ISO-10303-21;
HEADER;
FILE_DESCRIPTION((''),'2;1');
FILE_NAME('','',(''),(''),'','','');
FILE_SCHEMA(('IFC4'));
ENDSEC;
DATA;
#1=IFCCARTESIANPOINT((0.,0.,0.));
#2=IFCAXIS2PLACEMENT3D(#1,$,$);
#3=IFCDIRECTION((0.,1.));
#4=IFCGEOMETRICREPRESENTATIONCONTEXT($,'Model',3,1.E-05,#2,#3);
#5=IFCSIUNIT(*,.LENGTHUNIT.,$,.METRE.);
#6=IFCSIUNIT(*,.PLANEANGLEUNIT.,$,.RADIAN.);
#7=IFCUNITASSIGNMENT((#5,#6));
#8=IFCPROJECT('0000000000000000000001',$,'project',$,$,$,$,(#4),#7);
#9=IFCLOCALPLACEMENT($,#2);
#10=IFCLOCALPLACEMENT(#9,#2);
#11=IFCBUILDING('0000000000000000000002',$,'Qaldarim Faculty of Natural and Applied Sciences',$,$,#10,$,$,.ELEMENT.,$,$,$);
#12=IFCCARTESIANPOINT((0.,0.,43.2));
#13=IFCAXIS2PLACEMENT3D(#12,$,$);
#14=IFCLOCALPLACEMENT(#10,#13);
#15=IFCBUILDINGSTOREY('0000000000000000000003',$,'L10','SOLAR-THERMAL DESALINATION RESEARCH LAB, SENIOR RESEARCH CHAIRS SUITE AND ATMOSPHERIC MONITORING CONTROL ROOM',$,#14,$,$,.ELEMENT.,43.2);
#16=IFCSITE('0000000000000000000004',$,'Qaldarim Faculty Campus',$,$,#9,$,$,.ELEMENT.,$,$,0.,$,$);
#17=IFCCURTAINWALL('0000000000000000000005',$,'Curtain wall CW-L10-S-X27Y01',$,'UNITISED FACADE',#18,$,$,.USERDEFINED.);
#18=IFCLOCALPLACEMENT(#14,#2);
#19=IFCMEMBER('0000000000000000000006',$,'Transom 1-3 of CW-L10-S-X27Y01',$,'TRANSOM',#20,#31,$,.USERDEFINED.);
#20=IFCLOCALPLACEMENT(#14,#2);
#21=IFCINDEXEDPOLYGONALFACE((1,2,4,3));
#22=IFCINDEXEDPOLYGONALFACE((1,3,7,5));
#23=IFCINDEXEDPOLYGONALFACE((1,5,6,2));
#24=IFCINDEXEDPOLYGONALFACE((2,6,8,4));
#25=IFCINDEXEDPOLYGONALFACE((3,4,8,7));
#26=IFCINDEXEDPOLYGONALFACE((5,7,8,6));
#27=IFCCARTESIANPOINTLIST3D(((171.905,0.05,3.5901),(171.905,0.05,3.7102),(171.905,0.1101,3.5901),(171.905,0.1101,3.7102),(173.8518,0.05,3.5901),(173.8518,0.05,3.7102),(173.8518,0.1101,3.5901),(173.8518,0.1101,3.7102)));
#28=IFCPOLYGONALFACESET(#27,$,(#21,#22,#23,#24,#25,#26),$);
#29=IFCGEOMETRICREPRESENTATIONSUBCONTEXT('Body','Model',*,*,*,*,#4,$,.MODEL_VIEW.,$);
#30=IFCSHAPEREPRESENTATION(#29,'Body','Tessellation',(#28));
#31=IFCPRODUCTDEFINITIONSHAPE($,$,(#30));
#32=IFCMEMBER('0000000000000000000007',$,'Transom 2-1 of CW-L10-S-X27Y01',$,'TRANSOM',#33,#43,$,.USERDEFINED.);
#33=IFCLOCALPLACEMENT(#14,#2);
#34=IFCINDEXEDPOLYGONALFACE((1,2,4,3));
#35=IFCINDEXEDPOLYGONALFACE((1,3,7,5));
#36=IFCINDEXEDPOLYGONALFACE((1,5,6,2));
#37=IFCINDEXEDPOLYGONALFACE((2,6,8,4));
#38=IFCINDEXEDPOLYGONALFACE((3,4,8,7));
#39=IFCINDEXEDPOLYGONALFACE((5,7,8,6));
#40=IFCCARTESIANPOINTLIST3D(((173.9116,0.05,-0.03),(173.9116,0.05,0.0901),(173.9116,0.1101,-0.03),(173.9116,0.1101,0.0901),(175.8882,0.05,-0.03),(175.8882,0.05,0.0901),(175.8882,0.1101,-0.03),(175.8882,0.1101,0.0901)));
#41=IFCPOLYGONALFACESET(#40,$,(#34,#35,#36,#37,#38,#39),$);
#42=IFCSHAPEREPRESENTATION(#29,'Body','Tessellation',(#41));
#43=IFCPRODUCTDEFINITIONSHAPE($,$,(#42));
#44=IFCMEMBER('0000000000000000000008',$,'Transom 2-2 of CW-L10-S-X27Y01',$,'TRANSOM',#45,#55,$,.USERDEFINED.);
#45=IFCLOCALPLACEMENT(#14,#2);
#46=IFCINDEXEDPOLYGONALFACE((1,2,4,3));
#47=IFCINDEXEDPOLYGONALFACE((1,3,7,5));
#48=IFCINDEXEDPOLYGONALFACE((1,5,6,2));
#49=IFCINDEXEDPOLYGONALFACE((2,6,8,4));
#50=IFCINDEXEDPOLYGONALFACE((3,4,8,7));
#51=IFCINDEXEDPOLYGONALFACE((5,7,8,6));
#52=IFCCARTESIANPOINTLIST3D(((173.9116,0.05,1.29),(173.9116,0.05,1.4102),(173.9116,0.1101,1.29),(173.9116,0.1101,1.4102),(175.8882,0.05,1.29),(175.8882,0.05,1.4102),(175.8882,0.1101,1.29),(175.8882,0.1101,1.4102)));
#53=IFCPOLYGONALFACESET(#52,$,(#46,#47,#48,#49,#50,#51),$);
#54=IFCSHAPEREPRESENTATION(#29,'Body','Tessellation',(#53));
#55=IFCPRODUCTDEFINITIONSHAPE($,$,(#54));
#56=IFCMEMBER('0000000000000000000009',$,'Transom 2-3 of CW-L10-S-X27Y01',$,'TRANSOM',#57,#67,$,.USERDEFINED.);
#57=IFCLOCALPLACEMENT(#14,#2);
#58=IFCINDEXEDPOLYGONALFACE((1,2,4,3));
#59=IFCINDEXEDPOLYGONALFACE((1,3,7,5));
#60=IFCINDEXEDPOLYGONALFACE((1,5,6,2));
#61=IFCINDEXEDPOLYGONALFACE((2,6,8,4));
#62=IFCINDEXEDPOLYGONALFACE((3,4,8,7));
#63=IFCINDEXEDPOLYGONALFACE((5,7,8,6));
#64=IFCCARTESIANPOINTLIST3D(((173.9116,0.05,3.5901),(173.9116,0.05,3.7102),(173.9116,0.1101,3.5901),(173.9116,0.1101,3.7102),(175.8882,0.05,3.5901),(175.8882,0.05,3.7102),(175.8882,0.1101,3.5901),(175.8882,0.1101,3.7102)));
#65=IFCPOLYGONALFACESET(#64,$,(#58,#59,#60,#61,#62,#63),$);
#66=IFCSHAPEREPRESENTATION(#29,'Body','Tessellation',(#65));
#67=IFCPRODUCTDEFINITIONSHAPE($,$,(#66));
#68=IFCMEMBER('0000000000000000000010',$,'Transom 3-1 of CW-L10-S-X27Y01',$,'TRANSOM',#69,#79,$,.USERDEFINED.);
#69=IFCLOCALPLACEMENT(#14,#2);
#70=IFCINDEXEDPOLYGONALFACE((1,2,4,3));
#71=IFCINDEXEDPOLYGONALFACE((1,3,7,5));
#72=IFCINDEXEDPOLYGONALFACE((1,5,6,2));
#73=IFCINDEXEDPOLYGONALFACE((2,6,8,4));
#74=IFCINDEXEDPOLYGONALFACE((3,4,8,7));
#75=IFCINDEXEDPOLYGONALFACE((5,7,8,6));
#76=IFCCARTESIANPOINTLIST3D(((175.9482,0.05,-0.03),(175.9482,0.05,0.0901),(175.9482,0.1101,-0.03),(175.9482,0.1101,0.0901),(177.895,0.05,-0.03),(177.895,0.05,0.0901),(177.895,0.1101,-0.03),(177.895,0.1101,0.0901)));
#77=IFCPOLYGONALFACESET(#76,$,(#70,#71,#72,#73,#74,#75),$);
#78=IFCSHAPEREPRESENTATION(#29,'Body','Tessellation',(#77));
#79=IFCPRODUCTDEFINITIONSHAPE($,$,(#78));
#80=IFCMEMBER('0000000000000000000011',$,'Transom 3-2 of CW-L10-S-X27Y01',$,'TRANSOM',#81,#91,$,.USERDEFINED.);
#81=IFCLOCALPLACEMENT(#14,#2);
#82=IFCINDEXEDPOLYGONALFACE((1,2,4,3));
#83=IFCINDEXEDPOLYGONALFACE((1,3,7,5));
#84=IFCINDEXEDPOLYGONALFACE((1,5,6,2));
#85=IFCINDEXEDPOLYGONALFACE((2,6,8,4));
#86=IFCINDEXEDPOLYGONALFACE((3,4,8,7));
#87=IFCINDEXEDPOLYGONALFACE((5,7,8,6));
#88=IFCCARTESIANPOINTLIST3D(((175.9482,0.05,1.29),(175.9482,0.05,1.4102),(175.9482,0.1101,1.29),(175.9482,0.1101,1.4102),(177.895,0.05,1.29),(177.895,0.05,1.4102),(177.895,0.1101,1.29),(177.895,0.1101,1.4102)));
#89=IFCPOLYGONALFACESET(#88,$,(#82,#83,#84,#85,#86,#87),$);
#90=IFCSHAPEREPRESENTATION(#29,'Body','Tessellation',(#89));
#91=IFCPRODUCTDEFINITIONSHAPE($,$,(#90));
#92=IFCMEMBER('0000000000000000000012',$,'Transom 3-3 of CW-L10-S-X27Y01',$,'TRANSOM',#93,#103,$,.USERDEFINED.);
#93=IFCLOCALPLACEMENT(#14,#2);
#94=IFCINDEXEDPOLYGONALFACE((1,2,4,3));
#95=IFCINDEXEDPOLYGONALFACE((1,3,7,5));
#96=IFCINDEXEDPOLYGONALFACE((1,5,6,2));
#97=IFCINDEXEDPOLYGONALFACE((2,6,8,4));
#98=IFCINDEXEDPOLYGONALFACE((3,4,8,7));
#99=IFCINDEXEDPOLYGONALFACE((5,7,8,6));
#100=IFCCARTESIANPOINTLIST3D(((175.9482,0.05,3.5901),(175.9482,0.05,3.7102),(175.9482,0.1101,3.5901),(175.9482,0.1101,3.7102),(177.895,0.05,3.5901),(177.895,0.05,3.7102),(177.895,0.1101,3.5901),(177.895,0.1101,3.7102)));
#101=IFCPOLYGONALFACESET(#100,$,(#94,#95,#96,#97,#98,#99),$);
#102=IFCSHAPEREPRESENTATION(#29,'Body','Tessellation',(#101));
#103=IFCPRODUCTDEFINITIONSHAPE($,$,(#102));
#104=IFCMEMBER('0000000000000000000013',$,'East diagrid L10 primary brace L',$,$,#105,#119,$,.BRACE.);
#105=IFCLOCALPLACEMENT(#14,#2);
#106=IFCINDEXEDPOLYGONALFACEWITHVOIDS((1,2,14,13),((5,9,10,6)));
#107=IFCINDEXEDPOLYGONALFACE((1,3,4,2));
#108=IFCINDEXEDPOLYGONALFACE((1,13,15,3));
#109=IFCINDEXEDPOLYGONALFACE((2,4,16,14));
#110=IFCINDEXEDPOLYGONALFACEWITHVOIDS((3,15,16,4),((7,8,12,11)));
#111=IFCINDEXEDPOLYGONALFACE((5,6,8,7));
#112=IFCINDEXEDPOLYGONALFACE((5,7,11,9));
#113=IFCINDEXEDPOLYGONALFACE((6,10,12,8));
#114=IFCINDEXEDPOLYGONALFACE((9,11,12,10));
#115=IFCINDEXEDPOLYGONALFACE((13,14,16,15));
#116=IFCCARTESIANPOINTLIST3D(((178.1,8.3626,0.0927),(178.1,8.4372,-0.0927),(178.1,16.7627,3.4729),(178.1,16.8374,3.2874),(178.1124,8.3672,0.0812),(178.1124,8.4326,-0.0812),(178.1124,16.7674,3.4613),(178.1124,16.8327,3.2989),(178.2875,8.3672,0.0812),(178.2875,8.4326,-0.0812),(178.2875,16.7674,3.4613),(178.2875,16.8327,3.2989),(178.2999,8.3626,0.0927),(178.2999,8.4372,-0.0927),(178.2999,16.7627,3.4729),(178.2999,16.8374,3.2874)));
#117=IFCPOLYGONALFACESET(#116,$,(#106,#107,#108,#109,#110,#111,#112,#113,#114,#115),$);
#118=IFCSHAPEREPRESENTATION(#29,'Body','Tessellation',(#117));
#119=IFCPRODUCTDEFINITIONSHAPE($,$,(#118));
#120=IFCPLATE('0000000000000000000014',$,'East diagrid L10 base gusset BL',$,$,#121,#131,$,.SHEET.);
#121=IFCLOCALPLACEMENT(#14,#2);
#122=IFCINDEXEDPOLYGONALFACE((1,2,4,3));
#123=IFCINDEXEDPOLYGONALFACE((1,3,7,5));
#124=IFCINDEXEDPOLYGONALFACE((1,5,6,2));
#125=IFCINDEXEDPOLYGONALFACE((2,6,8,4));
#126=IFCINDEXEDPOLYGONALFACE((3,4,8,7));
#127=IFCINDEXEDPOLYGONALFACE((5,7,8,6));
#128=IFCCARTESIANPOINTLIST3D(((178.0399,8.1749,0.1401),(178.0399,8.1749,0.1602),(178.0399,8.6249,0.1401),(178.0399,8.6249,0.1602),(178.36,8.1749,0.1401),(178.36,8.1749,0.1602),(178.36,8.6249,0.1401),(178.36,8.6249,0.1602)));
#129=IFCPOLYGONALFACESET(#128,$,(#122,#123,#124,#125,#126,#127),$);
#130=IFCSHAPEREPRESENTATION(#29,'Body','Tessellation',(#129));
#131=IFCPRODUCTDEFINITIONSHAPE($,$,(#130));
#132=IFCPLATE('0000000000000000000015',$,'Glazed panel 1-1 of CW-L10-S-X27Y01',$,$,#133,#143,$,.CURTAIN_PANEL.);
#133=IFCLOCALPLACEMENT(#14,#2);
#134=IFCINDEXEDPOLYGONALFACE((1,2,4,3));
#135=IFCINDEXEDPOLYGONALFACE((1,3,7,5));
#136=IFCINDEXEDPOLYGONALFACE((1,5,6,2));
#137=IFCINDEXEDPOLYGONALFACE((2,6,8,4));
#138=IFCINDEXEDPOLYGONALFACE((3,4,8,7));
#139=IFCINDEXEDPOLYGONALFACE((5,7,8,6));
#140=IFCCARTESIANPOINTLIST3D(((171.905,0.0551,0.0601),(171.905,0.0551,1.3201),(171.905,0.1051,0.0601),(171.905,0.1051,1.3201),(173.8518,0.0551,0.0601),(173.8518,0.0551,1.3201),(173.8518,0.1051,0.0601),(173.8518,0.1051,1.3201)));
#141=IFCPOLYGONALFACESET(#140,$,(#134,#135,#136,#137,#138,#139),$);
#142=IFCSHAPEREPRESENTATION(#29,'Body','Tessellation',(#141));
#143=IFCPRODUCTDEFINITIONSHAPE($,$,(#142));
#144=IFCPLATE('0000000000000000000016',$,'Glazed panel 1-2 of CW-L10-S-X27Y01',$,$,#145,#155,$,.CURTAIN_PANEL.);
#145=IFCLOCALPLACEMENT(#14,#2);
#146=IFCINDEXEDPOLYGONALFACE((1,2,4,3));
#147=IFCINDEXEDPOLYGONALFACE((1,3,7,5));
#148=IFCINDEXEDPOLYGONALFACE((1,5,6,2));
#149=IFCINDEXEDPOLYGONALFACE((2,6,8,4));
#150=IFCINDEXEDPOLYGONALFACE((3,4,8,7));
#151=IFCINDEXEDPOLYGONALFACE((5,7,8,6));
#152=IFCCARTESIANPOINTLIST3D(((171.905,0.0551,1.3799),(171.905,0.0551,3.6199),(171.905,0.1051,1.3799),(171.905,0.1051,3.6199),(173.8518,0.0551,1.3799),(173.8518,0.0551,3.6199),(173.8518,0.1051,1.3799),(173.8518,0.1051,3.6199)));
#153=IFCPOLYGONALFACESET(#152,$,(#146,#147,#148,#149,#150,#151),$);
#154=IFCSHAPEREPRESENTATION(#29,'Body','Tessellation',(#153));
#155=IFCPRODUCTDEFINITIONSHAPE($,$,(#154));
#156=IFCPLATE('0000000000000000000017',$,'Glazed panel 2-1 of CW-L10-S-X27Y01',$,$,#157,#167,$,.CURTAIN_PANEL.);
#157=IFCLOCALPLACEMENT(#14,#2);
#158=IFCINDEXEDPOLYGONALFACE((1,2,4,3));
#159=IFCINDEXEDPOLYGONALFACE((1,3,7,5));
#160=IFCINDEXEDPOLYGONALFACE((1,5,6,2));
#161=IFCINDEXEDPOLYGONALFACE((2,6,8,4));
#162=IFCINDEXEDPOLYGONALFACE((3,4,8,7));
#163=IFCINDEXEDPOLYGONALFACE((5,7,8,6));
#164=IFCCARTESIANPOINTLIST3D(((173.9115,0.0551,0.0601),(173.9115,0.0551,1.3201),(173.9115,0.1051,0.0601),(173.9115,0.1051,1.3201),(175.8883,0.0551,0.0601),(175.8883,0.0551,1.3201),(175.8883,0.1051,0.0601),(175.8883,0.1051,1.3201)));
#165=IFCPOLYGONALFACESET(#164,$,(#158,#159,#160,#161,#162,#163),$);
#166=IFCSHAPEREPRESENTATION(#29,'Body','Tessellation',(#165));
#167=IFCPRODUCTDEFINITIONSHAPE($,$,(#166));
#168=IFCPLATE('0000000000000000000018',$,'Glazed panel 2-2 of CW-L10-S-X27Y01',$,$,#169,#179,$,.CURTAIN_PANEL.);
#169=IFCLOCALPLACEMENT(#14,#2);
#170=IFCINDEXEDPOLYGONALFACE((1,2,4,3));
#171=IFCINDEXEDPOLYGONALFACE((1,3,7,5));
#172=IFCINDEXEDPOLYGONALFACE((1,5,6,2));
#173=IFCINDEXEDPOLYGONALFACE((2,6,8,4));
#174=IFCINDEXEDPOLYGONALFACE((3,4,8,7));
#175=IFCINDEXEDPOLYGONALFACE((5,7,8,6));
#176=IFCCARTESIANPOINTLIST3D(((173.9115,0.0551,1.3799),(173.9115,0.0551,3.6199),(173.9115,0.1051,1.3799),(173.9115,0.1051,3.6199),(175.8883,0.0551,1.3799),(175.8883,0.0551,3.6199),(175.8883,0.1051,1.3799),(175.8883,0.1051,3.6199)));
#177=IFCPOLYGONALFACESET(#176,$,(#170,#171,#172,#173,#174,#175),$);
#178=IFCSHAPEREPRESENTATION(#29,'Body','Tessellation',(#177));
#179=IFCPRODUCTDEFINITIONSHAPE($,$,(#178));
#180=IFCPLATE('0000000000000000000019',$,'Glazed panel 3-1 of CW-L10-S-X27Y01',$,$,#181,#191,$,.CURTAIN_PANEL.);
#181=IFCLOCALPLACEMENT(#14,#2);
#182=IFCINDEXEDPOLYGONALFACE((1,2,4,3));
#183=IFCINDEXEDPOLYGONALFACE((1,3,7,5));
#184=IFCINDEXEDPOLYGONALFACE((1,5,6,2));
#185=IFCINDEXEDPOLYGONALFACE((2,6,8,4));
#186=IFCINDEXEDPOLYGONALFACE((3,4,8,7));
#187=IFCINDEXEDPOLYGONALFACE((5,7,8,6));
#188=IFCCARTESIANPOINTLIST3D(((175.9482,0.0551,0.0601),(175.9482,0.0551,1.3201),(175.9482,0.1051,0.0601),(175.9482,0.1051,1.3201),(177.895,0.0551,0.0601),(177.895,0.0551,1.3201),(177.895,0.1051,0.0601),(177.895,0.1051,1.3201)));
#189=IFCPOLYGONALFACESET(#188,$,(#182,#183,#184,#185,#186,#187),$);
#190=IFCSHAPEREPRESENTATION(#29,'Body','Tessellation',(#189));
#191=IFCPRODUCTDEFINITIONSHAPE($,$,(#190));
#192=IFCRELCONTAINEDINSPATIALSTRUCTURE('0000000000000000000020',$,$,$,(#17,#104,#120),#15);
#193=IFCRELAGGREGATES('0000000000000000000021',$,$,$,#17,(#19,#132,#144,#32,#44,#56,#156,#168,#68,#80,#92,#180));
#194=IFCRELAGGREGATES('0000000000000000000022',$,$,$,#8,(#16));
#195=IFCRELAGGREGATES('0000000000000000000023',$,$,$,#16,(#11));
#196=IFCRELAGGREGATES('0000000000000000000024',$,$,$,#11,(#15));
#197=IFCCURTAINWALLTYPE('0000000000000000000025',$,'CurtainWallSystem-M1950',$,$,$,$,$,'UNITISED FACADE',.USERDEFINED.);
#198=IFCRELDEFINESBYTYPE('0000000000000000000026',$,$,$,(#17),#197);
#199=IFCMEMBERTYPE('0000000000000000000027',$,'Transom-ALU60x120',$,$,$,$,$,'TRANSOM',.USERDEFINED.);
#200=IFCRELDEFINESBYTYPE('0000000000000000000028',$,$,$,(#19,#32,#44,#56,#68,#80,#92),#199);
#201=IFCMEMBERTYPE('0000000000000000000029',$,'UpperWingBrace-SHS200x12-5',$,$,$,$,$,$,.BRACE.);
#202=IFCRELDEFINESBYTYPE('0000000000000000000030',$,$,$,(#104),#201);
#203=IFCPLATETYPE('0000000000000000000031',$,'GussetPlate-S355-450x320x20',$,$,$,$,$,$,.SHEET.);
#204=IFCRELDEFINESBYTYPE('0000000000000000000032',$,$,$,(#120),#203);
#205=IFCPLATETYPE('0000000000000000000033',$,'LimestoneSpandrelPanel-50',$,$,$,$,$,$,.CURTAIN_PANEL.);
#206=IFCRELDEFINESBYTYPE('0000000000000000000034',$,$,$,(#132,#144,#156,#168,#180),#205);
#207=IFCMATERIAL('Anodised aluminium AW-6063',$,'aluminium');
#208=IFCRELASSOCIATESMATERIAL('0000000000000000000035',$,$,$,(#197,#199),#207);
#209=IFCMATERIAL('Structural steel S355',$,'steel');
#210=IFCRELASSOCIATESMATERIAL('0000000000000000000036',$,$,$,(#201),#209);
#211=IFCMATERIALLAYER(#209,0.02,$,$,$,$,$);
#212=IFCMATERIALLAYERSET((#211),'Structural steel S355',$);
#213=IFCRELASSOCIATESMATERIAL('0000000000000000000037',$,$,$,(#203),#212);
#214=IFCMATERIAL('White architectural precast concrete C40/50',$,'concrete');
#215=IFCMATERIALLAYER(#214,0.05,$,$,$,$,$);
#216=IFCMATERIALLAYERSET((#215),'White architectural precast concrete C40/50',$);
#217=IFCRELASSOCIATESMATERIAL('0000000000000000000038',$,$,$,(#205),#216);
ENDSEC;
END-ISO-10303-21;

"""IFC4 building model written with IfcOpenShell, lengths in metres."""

from ifc_helpers import new_model, si_unit, direction, frame, origin, origin_2d, place, context, subcontext, project, spatial, rectangle, hollow_rectangle, extrude, material, layer, layer_set, material_profile, profile_set, type_object, element, aggregate, save


model = new_model("IFC4")

# Units and contexts
model_context = context("Model", 3, precision=1e-05, world=origin(), true_north=direction((0.0, 1.0)))
body_context = subcontext(model_context, "Body", "Model", "MODEL_VIEW")
ifc_project = project(units=[si_unit("LENGTHUNIT", "METRE"), si_unit("PLANEANGLEUNIT", "RADIAN")], contexts=[model_context])

# Site, building, storey
site_placement = place(None, origin())
site = spatial("IfcSite", under=ifc_project, at=site_placement, Name="Qaldarim Faculty Campus", CompositionType="ELEMENT", RefElevation=0.0)
building_placement = place(site_placement, origin())
building = spatial("IfcBuilding", under=site, at=building_placement, Name="Qaldarim Faculty of Natural and Applied Sciences", CompositionType="ELEMENT")
storey_placement = place(building_placement, frame((0.0, 0.0, 43.2)))
storey = spatial("IfcBuildingStorey", under=building, at=storey_placement, Name="L10", Description="SOLAR-THERMAL DESALINATION RESEARCH LAB, SENIOR RESEARCH CHAIRS SUITE AND ATMOSPHERIC MONITORING CONTROL ROOM", CompositionType="ELEMENT", Elevation=43.2)

# Curtain wall
ifc_material_1 = material(Name="Anodised aluminium AW-6063", Category="aluminium")
curtain_wall_type = type_object("IfcCurtainWallType", Name="CurtainWallSystem-M1950", ElementType="UNITISED FACADE", PredefinedType="USERDEFINED", material=ifc_material_1)
curtain_wall_placement = place(storey_placement, origin())
curtain_wall = element("IfcCurtainWall", 1, at=curtain_wall_placement, inside=storey, type_object=curtain_wall_type, Name="Curtain wall CW-L10-S-X27Y01", ObjectType="UNITISED FACADE", PredefinedType="USERDEFINED")

# Members
ifc_material_profile_1 = material_profile(ifc_material_1, rectangle(XDim=0.0601, YDim=0.1201, at=origin_2d()), Name="ALU-T60x120")
ifc_profile_set_1 = profile_set([ifc_material_profile_1], Name="Anodised aluminium AW-6063")
member_type_1 = type_object("IfcMemberType", Name="Transom-ALU60x120", ElementType="TRANSOM", PredefinedType="USERDEFINED", material=ifc_profile_set_1)
member_1_placement = place(storey_placement, frame((171.905, 0.0801, 3.6501), z_axis=(1.0, 0.0, 0.0), x_axis=(0.0, 1.0, 0.0)))
member_1 = element("IfcMember", 2, at=member_1_placement, type_object=member_type_1, Name="Transom 1-3 of CW-L10-S-X27Y01", ObjectType="TRANSOM", PredefinedType="USERDEFINED", context=body_context, shape_type="SweptSolid", body=[
    extrude(rectangle(XDim=0.0601, YDim=0.1201, at=origin_2d()), origin(), (0.0, 0.0, 1.0), 1.9468),
])
member_2_placement = place(storey_placement, frame((173.9116, 0.0801, 0.03), z_axis=(1.0, 0.0, 0.0), x_axis=(0.0, 1.0, 0.0)))
member_2 = element("IfcMember", 3, at=member_2_placement, type_object=member_type_1, Name="Transom 2-1 of CW-L10-S-X27Y01", ObjectType="TRANSOM", PredefinedType="USERDEFINED", context=body_context, shape_type="SweptSolid", body=[
    extrude(rectangle(XDim=0.0601, YDim=0.1201, at=origin_2d()), origin(), (0.0, 0.0, 1.0), 1.9766),
])
member_3_placement = place(storey_placement, frame((173.9116, 0.0801, 1.3501), z_axis=(1.0, 0.0, 0.0), x_axis=(0.0, 1.0, 0.0)))
member_3 = element("IfcMember", 4, at=member_3_placement, type_object=member_type_1, Name="Transom 2-2 of CW-L10-S-X27Y01", ObjectType="TRANSOM", PredefinedType="USERDEFINED", context=body_context, shape_type="SweptSolid", body=[
    extrude(rectangle(XDim=0.0601, YDim=0.1201, at=origin_2d()), origin(), (0.0, 0.0, 1.0), 1.9766),
])
member_4_placement = place(storey_placement, frame((173.9116, 0.0801, 3.6501), z_axis=(1.0, 0.0, 0.0), x_axis=(0.0, 1.0, 0.0)))
member_4 = element("IfcMember", 5, at=member_4_placement, type_object=member_type_1, Name="Transom 2-3 of CW-L10-S-X27Y01", ObjectType="TRANSOM", PredefinedType="USERDEFINED", context=body_context, shape_type="SweptSolid", body=[
    extrude(rectangle(XDim=0.0601, YDim=0.1201, at=origin_2d()), origin(), (0.0, 0.0, 1.0), 1.9766),
])
member_5_placement = place(storey_placement, frame((175.9482, 0.0801, 0.03), z_axis=(1.0, 0.0, 0.0), x_axis=(0.0, 1.0, 0.0)))
member_5 = element("IfcMember", 6, at=member_5_placement, type_object=member_type_1, Name="Transom 3-1 of CW-L10-S-X27Y01", ObjectType="TRANSOM", PredefinedType="USERDEFINED", context=body_context, shape_type="SweptSolid", body=[
    extrude(rectangle(XDim=0.0601, YDim=0.1201, at=origin_2d()), origin(), (0.0, 0.0, 1.0), 1.9468),
])
member_6_placement = place(storey_placement, frame((175.9482, 0.0801, 1.3501), z_axis=(1.0, 0.0, 0.0), x_axis=(0.0, 1.0, 0.0)))
member_6 = element("IfcMember", 7, at=member_6_placement, type_object=member_type_1, Name="Transom 3-2 of CW-L10-S-X27Y01", ObjectType="TRANSOM", PredefinedType="USERDEFINED", context=body_context, shape_type="SweptSolid", body=[
    extrude(rectangle(XDim=0.0601, YDim=0.1201, at=origin_2d()), origin(), (0.0, 0.0, 1.0), 1.9468),
])
member_7_placement = place(storey_placement, frame((175.9482, 0.0801, 3.6501), z_axis=(1.0, 0.0, 0.0), x_axis=(0.0, 1.0, 0.0)))
member_7 = element("IfcMember", 8, at=member_7_placement, type_object=member_type_1, Name="Transom 3-3 of CW-L10-S-X27Y01", ObjectType="TRANSOM", PredefinedType="USERDEFINED", context=body_context, shape_type="SweptSolid", body=[
    extrude(rectangle(XDim=0.0601, YDim=0.1201, at=origin_2d()), origin(), (0.0, 0.0, 1.0), 1.9468),
])
ifc_material_2 = material(Name="Structural steel S355", Category="steel")
ifc_material_profile_2 = material_profile(ifc_material_2, hollow_rectangle(XDim=0.2, YDim=0.2, WallThickness=0.0125, at=origin_2d()), Name="SHS 200x200x12.5")
ifc_profile_set_2 = profile_set([ifc_material_profile_2], Name="Structural steel S355")
member_type_2 = type_object("IfcMemberType", Name="UpperWingBrace-SHS200x12-5", PredefinedType="BRACE", material=ifc_profile_set_2)
member_8_placement = place(storey_placement, frame((178.2, 8.3999, 0.0), z_axis=(0.0, 0.92771, 0.373301), x_axis=(-1.0, 0.0, 0.0)))
element("IfcMember", 9, at=member_8_placement, inside=storey, type_object=member_type_2, Name="East diagrid L10 primary brace L", PredefinedType="BRACE", context=body_context, shape_type="SweptSolid", body=[
    extrude(hollow_rectangle(XDim=0.2, YDim=0.2, WallThickness=0.0125, at=origin_2d()), origin(), (0.0, 0.0, 1.0), 9.0547),
])

# Plates
ifc_layer_1 = layer(ifc_material_2, 0.02)
ifc_layer_set_1 = layer_set([ifc_layer_1], Name="Structural steel S355")
plate_type_1 = type_object("IfcPlateType", Name="GussetPlate-S355-450x320x20", PredefinedType="SHEET", material=ifc_layer_set_1)
plate_1_placement = place(storey_placement, frame((178.2, 8.3999, 0.1401), z_axis=(0.0, 0.0, 1.0), x_axis=(0.0, 1.0, 0.0)))
element("IfcPlate", 10, at=plate_1_placement, inside=storey, type_object=plate_type_1, Name="East diagrid L10 base gusset BL", PredefinedType="SHEET", context=body_context, shape_type="SweptSolid", body=[
    extrude(rectangle(XDim=0.45, YDim=0.3201, at=origin_2d()), origin(), (0.0, 0.0, 1.0), 0.02),
])
ifc_material_3 = material(Name="White architectural precast concrete C40/50", Category="concrete")
ifc_layer_2 = layer(ifc_material_3, 0.05)
ifc_layer_set_2 = layer_set([ifc_layer_2], Name="White architectural precast concrete C40/50")
plate_type_2 = type_object("IfcPlateType", Name="LimestoneSpandrelPanel-50", PredefinedType="CURTAIN_PANEL", material=ifc_layer_set_2)
plate_2_placement = place(storey_placement, frame((172.8784, 0.0801, 0.0601), z_axis=(0.0, 0.0, 1.0), x_axis=(1.0, 0.0, 0.0)))
plate_2 = element("IfcPlate", 11, at=plate_2_placement, type_object=plate_type_2, Name="Glazed panel 1-1 of CW-L10-S-X27Y01", PredefinedType="CURTAIN_PANEL", context=body_context, shape_type="SweptSolid", body=[
    extrude(rectangle(XDim=1.9468, YDim=0.05, at=origin_2d()), origin(), (0.0, 0.0, 1.0), 1.26),
])
plate_3_placement = place(storey_placement, frame((172.8784, 0.0801, 1.3799), z_axis=(0.0, 0.0, 1.0), x_axis=(1.0, 0.0, 0.0)))
plate_3 = element("IfcPlate", 12, at=plate_3_placement, type_object=plate_type_2, Name="Glazed panel 1-2 of CW-L10-S-X27Y01", PredefinedType="CURTAIN_PANEL", context=body_context, shape_type="SweptSolid", body=[
    extrude(rectangle(XDim=1.9468, YDim=0.05, at=origin_2d()), origin(), (0.0, 0.0, 1.0), 2.24),
])
plate_4_placement = place(storey_placement, frame((174.8999, 0.0801, 0.0601), z_axis=(0.0, 0.0, 1.0), x_axis=(1.0, 0.0, 0.0)))
plate_4 = element("IfcPlate", 13, at=plate_4_placement, type_object=plate_type_2, Name="Glazed panel 2-1 of CW-L10-S-X27Y01", PredefinedType="CURTAIN_PANEL", context=body_context, shape_type="SweptSolid", body=[
    extrude(rectangle(XDim=1.9768, YDim=0.05, at=origin_2d()), origin(), (0.0, 0.0, 1.0), 1.26),
])
plate_5_placement = place(storey_placement, frame((174.8999, 0.0801, 1.3799), z_axis=(0.0, 0.0, 1.0), x_axis=(1.0, 0.0, 0.0)))
plate_5 = element("IfcPlate", 14, at=plate_5_placement, type_object=plate_type_2, Name="Glazed panel 2-2 of CW-L10-S-X27Y01", PredefinedType="CURTAIN_PANEL", context=body_context, shape_type="SweptSolid", body=[
    extrude(rectangle(XDim=1.9768, YDim=0.05, at=origin_2d()), origin(), (0.0, 0.0, 1.0), 2.24),
])
plate_6_placement = place(storey_placement, frame((176.9216, 0.0801, 0.0601), z_axis=(0.0, 0.0, 1.0), x_axis=(1.0, 0.0, 0.0)))
plate_6 = element("IfcPlate", 15, at=plate_6_placement, type_object=plate_type_2, Name="Glazed panel 3-1 of CW-L10-S-X27Y01", PredefinedType="CURTAIN_PANEL", context=body_context, shape_type="SweptSolid", body=[
    extrude(rectangle(XDim=1.9468, YDim=0.05, at=origin_2d()), origin(), (0.0, 0.0, 1.0), 1.26),
])
aggregate(curtain_wall, [member_1, plate_2, plate_3, member_2, member_3, member_4, plate_4, plate_5, member_5, member_6, member_7, plate_6])

save(model, "model.ifc")
